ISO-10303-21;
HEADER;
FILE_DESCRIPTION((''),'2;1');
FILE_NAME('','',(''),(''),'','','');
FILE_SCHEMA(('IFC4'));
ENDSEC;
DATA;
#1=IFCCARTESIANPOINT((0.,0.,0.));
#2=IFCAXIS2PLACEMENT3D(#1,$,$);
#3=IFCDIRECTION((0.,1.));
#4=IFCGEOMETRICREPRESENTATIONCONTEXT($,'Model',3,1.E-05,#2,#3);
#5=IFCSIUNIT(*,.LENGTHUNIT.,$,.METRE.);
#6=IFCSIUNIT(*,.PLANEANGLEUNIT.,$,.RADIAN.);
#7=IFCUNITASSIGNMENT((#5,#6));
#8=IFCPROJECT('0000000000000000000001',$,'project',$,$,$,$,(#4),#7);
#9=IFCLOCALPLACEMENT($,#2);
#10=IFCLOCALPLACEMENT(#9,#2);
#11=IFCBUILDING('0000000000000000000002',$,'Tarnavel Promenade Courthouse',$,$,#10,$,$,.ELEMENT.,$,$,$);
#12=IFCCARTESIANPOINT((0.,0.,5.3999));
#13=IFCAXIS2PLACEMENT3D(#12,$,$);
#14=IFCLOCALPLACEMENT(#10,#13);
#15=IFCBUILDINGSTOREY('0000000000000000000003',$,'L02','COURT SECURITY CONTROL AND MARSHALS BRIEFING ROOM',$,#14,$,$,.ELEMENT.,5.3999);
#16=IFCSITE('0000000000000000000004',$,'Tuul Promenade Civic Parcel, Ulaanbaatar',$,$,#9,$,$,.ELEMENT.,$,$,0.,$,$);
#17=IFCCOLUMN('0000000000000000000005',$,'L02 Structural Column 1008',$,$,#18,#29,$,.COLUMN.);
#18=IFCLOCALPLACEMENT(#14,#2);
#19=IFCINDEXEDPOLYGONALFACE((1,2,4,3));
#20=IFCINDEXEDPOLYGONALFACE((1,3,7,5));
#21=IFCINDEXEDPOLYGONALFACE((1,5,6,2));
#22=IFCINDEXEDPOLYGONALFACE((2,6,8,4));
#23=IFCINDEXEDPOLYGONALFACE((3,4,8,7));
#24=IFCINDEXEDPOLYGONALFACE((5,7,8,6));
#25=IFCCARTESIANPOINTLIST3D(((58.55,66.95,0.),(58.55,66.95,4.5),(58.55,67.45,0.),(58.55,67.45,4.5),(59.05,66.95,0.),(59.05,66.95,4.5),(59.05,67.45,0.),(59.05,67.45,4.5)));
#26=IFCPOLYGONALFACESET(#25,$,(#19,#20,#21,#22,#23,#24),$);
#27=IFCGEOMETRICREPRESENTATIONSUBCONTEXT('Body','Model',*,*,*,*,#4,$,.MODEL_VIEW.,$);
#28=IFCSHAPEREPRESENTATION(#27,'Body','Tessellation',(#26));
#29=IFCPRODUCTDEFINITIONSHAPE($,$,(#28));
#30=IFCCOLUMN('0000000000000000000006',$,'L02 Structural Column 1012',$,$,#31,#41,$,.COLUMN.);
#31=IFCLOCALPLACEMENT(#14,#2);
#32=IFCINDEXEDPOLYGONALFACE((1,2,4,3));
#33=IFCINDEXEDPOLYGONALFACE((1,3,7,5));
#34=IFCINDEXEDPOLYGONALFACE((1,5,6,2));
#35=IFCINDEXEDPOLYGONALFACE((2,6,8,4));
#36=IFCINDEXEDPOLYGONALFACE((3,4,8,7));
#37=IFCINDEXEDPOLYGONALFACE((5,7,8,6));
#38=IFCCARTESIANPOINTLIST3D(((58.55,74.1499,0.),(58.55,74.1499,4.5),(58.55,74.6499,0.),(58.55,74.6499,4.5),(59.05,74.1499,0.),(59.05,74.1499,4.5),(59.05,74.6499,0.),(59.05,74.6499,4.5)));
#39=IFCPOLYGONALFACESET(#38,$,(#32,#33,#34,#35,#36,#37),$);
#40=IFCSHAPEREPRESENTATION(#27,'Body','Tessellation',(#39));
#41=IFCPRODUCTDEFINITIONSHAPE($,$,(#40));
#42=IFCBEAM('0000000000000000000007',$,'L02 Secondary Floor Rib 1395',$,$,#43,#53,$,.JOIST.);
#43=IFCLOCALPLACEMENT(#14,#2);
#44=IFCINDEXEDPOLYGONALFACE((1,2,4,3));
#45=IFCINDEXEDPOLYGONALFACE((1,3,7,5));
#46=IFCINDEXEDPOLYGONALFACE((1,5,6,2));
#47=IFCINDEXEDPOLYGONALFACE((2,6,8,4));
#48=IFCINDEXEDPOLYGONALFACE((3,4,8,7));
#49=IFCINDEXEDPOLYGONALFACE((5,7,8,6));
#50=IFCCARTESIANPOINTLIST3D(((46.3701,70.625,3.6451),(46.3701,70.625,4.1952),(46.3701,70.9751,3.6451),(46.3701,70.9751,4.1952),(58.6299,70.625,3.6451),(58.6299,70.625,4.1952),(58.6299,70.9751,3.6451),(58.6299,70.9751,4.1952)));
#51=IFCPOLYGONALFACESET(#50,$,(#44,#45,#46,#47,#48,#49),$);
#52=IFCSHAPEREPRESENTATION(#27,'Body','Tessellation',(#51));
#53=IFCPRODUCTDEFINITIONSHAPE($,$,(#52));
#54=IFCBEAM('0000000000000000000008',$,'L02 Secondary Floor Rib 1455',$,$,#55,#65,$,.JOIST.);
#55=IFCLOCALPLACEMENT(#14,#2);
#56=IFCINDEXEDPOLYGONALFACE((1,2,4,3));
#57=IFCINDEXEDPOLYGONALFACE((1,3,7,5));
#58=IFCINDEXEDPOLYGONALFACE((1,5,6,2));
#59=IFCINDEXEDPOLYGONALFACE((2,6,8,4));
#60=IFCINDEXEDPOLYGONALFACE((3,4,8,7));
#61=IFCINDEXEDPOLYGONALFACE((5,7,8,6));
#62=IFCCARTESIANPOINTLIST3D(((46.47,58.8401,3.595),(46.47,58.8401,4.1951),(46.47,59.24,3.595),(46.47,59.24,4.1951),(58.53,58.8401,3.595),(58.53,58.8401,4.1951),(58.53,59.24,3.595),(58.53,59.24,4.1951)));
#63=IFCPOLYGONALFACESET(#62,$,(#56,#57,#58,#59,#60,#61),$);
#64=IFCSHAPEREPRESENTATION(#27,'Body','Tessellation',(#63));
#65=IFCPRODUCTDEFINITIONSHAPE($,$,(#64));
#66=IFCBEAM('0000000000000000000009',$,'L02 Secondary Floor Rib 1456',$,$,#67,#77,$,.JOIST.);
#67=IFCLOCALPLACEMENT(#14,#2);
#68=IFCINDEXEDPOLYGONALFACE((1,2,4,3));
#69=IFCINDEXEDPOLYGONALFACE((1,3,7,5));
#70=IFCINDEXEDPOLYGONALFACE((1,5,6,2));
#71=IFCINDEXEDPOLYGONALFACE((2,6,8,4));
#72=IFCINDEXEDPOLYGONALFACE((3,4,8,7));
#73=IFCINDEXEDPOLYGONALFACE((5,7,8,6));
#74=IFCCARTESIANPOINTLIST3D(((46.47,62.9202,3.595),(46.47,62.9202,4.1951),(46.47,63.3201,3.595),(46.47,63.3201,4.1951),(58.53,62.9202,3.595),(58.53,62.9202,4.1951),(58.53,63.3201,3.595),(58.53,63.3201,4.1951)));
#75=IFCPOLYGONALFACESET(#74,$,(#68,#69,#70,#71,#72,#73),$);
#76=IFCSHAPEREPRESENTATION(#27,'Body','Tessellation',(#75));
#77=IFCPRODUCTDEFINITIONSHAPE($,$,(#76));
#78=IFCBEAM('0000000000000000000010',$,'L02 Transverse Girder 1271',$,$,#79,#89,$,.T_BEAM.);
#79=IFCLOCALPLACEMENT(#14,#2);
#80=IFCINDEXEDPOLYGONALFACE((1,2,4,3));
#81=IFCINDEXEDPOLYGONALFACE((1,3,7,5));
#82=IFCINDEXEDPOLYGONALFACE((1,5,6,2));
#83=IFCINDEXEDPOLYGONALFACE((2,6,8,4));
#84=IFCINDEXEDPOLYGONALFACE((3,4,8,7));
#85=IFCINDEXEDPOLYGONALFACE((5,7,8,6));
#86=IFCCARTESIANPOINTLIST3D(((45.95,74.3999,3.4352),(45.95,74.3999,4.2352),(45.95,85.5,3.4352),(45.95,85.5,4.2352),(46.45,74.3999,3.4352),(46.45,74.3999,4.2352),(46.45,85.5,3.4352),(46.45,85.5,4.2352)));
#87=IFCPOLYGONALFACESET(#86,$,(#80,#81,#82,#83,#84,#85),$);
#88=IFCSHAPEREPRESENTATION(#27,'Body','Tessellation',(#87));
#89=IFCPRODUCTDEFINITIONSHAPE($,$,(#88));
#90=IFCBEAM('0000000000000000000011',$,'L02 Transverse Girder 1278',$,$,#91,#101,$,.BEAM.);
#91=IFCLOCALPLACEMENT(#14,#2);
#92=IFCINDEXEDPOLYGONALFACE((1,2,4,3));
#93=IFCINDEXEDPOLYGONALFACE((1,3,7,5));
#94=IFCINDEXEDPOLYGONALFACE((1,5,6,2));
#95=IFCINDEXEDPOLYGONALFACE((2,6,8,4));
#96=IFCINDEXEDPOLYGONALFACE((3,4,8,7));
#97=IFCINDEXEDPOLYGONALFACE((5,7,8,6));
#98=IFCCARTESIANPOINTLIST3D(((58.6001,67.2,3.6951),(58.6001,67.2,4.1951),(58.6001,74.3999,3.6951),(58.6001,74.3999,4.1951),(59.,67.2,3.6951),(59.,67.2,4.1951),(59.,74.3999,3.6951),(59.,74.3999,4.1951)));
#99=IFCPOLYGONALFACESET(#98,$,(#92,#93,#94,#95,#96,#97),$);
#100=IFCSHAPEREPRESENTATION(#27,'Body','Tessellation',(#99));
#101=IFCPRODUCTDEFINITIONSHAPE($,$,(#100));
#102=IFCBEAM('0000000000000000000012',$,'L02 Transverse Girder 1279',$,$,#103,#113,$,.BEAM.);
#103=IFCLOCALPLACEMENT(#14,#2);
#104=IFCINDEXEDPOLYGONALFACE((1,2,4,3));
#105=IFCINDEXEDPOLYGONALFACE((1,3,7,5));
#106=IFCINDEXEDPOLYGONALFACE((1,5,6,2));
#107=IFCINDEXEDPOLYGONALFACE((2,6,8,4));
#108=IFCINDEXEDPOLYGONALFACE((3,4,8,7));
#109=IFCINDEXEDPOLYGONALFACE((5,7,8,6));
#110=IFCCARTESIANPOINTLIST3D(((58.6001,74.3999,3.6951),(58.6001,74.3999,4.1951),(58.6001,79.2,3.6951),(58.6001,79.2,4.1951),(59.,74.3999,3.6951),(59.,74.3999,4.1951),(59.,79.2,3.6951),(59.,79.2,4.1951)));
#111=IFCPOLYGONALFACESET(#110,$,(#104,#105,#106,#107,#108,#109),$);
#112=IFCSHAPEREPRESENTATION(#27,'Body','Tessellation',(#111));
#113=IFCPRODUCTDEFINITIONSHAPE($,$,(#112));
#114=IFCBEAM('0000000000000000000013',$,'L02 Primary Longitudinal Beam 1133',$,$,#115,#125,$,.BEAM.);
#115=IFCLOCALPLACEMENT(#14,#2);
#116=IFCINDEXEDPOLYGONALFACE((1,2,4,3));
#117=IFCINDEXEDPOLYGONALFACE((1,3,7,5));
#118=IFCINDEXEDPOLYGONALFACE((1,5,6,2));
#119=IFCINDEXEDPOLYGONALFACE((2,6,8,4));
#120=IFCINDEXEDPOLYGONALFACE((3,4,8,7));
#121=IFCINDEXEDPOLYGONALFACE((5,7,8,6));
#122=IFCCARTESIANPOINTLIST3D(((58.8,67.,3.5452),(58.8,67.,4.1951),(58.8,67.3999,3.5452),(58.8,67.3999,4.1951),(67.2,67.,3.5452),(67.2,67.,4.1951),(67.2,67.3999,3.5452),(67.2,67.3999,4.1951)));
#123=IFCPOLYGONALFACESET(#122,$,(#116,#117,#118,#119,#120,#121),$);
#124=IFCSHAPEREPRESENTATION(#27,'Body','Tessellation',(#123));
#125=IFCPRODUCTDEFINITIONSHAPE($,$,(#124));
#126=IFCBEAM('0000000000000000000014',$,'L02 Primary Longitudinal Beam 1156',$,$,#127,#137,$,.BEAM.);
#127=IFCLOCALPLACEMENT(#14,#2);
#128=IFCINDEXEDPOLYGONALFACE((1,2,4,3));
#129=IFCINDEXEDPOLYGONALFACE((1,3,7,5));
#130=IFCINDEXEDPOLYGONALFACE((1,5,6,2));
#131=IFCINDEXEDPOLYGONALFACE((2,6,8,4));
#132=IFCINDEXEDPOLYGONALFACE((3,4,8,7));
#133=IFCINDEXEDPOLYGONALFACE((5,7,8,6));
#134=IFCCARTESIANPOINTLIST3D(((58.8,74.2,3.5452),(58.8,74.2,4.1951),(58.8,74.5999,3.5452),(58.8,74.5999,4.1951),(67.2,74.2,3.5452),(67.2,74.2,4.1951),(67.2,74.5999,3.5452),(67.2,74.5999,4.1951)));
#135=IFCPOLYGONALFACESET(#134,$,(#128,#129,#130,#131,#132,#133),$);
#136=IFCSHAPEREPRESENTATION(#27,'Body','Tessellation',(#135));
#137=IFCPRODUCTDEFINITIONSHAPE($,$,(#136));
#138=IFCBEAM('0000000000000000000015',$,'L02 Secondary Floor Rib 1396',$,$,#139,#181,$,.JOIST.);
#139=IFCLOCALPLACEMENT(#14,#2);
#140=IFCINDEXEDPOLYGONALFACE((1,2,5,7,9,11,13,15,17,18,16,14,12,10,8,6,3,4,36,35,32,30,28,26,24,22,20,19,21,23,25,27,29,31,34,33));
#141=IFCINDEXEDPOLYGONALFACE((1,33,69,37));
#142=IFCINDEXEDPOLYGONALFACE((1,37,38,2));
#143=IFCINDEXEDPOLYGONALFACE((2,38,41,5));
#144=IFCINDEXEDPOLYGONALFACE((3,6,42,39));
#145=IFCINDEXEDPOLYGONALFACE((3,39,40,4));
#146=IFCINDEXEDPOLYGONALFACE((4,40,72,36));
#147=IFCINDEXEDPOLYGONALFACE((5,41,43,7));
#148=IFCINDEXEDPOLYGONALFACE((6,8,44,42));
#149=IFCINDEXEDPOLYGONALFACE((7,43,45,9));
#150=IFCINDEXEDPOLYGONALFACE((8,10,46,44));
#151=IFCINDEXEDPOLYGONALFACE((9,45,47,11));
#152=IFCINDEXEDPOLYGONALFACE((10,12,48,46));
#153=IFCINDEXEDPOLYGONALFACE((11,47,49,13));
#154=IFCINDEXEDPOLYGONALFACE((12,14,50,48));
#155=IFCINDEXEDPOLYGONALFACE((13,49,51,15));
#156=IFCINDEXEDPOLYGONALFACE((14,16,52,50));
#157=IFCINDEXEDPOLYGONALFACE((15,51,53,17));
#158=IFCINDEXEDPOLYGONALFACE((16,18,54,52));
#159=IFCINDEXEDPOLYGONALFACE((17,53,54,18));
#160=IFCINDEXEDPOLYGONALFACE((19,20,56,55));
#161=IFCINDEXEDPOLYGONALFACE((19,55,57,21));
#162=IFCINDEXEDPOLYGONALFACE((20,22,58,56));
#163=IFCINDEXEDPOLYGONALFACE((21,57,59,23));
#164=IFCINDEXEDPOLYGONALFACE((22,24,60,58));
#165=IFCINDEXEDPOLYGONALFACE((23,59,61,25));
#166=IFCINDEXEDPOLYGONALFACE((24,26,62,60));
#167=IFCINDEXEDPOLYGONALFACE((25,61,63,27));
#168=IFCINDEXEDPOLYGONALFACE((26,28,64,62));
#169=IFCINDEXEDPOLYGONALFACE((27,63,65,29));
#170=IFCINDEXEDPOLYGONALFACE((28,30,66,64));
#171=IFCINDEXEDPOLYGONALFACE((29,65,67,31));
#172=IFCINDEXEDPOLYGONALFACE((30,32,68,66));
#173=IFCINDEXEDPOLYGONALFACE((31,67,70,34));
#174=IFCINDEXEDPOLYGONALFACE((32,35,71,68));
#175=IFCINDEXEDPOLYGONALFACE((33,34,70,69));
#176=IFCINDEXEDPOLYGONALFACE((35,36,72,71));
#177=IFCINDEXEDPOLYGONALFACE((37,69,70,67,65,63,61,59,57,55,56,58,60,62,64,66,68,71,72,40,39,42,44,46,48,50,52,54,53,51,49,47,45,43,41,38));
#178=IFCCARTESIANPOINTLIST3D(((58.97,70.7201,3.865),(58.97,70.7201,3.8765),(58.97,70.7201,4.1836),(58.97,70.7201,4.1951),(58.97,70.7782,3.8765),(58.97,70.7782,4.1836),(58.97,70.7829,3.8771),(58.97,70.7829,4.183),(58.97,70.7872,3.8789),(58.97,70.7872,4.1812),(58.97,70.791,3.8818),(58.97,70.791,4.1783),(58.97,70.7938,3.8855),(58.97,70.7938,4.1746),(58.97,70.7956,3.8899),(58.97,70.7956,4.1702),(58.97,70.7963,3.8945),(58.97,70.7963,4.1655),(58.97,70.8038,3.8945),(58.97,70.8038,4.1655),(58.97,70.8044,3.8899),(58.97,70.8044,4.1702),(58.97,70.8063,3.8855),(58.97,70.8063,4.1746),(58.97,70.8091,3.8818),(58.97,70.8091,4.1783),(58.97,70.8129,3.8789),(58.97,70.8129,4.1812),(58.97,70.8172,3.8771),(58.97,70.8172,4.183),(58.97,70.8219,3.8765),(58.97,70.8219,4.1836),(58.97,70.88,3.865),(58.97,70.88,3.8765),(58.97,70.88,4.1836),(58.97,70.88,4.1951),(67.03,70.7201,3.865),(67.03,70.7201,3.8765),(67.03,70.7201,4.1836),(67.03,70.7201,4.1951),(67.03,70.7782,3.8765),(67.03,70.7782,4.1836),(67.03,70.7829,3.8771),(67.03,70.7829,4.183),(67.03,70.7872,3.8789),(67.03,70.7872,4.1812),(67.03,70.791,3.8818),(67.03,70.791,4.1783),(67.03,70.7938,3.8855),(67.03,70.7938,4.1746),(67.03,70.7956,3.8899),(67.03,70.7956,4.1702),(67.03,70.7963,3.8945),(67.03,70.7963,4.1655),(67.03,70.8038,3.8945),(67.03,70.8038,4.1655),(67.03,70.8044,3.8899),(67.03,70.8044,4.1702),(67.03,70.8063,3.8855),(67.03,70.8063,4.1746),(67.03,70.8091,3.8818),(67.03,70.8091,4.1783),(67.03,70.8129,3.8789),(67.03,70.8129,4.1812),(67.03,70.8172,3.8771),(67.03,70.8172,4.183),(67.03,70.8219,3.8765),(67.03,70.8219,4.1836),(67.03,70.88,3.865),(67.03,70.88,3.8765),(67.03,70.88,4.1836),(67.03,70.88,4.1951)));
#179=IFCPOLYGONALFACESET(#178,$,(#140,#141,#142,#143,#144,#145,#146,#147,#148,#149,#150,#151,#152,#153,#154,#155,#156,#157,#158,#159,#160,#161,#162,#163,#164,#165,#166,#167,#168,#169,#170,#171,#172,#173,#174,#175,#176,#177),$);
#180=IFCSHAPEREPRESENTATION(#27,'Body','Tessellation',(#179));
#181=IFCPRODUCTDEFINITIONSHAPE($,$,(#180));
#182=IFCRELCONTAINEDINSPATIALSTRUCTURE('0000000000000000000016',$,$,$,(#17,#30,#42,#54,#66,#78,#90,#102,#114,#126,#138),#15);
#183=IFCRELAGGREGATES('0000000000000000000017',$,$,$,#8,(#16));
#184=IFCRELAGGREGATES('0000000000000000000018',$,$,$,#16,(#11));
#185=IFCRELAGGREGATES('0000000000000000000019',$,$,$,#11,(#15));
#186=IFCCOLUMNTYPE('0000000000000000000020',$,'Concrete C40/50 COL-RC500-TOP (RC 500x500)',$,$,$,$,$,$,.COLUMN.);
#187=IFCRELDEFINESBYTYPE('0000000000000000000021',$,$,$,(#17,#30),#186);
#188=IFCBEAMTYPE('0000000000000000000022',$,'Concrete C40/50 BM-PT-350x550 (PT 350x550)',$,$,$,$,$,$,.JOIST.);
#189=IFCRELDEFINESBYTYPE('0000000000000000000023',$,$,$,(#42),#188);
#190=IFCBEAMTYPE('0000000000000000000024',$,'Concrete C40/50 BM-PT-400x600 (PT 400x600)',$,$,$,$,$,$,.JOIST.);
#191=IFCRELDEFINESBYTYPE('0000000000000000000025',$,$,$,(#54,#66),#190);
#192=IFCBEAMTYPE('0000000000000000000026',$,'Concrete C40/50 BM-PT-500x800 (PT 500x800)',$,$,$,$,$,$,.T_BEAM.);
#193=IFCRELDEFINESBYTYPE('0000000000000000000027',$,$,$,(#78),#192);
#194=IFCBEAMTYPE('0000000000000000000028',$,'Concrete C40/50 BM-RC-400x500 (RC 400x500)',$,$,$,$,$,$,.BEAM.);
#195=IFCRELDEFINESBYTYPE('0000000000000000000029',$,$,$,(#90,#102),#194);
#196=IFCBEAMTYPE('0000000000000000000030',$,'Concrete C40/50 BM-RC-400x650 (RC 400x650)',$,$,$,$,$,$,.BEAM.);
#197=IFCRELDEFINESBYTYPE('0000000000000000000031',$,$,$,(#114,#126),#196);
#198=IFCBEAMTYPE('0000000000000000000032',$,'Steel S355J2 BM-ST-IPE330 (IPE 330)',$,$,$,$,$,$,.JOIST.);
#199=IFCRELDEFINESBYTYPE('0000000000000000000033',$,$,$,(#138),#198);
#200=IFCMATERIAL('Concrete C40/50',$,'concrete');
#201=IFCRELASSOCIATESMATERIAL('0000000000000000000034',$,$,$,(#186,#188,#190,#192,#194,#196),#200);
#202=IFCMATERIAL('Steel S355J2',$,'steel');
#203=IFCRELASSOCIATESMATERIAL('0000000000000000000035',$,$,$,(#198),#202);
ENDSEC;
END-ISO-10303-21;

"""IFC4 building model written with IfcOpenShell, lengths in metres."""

from ifc_helpers import new_model, si_unit, direction, frame, origin, origin_2d, place, context, subcontext, project, spatial, rectangle, i_section, extrude, material, material_profile, profile_set, type_object, element, save


model = new_model("IFC4")

# Units and contexts
model_context = context("Model", 3, precision=1e-05, world=origin(), true_north=direction((0.0, 1.0)))
body_context = subcontext(model_context, "Body", "Model", "MODEL_VIEW")
ifc_project = project(units=[si_unit("LENGTHUNIT", "METRE"), si_unit("PLANEANGLEUNIT", "RADIAN")], contexts=[model_context])

# Site, building, storey
site_placement = place(None, origin())
site = spatial("IfcSite", under=ifc_project, at=site_placement, Name="Tuul Promenade Civic Parcel, Ulaanbaatar", CompositionType="ELEMENT", RefElevation=0.0)
building_placement = place(site_placement, origin())
building = spatial("IfcBuilding", under=site, at=building_placement, Name="Tarnavel Promenade Courthouse", CompositionType="ELEMENT")
storey_placement = place(building_placement, frame((0.0, 0.0, 5.3999)))
storey = spatial("IfcBuildingStorey", under=building, at=storey_placement, Name="L02", Description="COURT SECURITY CONTROL AND MARSHALS BRIEFING ROOM", CompositionType="ELEMENT", Elevation=5.3999)

# Columns
ifc_material_1 = material(Name="Concrete C40/50", Category="concrete")
ifc_material_profile_1 = material_profile(ifc_material_1, rectangle(XDim=0.5, YDim=0.5, at=origin_2d()), Name="RC 500x500")
ifc_profile_set_1 = profile_set([ifc_material_profile_1], Name="Concrete C40/50")
column_type = type_object("IfcColumnType", Name="Concrete C40/50 COL-RC500-TOP (RC 500x500)", PredefinedType="COLUMN", material=ifc_profile_set_1)
for number, where, z_axis, x_axis, name in (
    (1, (58.8, 67.2, 0.0), (0.0, 0.0, 1.0), (1.0, 0.0, 0.0), "L02 Structural Column 1008"),
    (2, (58.8, 74.3999, 0.0), (0.0, 0.0, 1.0), (1.0, 0.0, 0.0), "L02 Structural Column 1012"),
):
    element("IfcColumn", number, at=place(storey_placement, frame(where, z_axis=z_axis, x_axis=x_axis)), inside=storey, type_object=column_type, Name=name, PredefinedType="COLUMN", context=body_context, shape_type="SweptSolid", body=[
        extrude(rectangle(XDim=0.5, YDim=0.5, at=origin_2d()), origin(), (0.0, 0.0, 1.0), 4.5),
    ])

# Beams
ifc_material_profile_2 = material_profile(ifc_material_1, rectangle(XDim=0.3501, YDim=0.55, at=origin_2d()), Name="PT 350x550")
ifc_profile_set_2 = profile_set([ifc_material_profile_2], Name="Concrete C40/50")
beam_type_1 = type_object("IfcBeamType", Name="Concrete C40/50 BM-PT-350x550 (PT 350x550)", PredefinedType="JOIST", material=ifc_profile_set_2)
beam_1_placement = place(storey_placement, frame((46.3701, 70.8, 3.9202), z_axis=(1.0, 0.0, 0.0), x_axis=(0.0, 1.0, 0.0)))
element("IfcBeam", 3, at=beam_1_placement, inside=storey, type_object=beam_type_1, Name="L02 Secondary Floor Rib 1395", PredefinedType="JOIST", context=body_context, shape_type="SweptSolid", body=[
    extrude(rectangle(XDim=0.3501, YDim=0.55, at=origin_2d()), origin(), (0.0, 0.0, 1.0), 12.2598),
])
ifc_material_profile_3 = material_profile(ifc_material_1, rectangle(XDim=0.3999, YDim=0.6001, at=origin_2d()), Name="PT 400x600")
ifc_profile_set_3 = profile_set([ifc_material_profile_3], Name="Concrete C40/50")
beam_type_2 = type_object("IfcBeamType", Name="Concrete C40/50 BM-PT-400x600 (PT 400x600)", PredefinedType="JOIST", material=ifc_profile_set_3)
for number, where, z_axis, x_axis, name in (
    (4, (46.47, 59.04, 3.895), (1.0, 0.0, 0.0), (0.0, 1.0, 0.0), "L02 Secondary Floor Rib 1455"),
    (5, (46.47, 63.1201, 3.895), (1.0, 0.0, 0.0), (0.0, 1.0, 0.0), "L02 Secondary Floor Rib 1456"),
):
    element("IfcBeam", number, at=place(storey_placement, frame(where, z_axis=z_axis, x_axis=x_axis)), inside=storey, type_object=beam_type_2, Name=name, PredefinedType="JOIST", context=body_context, shape_type="SweptSolid", body=[
        extrude(rectangle(XDim=0.3999, YDim=0.6001, at=origin_2d()), origin(), (0.0, 0.0, 1.0), 12.0601),
    ])
ifc_material_profile_4 = material_profile(ifc_material_1, rectangle(XDim=0.5, YDim=0.8, at=origin_2d()), Name="PT 500x800")
ifc_profile_set_4 = profile_set([ifc_material_profile_4], Name="Concrete C40/50")
beam_type_3 = type_object("IfcBeamType", Name="Concrete C40/50 BM-PT-500x800 (PT 500x800)", PredefinedType="T_BEAM", material=ifc_profile_set_4)
beam_2_placement = place(storey_placement, frame((46.2, 74.3999, 3.8352), z_axis=(0.0, 1.0, 0.0), x_axis=(-1.0, 0.0, 0.0)))
element("IfcBeam", 6, at=beam_2_placement, inside=storey, type_object=beam_type_3, Name="L02 Transverse Girder 1271", PredefinedType="T_BEAM", context=body_context, shape_type="SweptSolid", body=[
    extrude(rectangle(XDim=0.5, YDim=0.8, at=origin_2d()), origin(), (0.0, 0.0, 1.0), 11.1001),
])
ifc_material_profile_5 = material_profile(ifc_material_1, rectangle(XDim=0.3999, YDim=0.5, at=origin_2d()), Name="RC 400x500")
ifc_profile_set_5 = profile_set([ifc_material_profile_5], Name="Concrete C40/50")
beam_type_4 = type_object("IfcBeamType", Name="Concrete C40/50 BM-RC-400x500 (RC 400x500)", PredefinedType="BEAM", material=ifc_profile_set_5)
beam_3_placement = place(storey_placement, frame((58.8, 67.2, 3.9451), z_axis=(0.0, 1.0, 0.0), x_axis=(-1.0, 0.0, 0.0)))
element("IfcBeam", 7, at=beam_3_placement, inside=storey, type_object=beam_type_4, Name="L02 Transverse Girder 1278", PredefinedType="BEAM", context=body_context, shape_type="SweptSolid", body=[
    extrude(rectangle(XDim=0.3999, YDim=0.5, at=origin_2d()), origin(), (0.0, 0.0, 1.0), 7.2),
])
beam_4_placement = place(storey_placement, frame((58.8, 74.3999, 3.9451), z_axis=(0.0, 1.0, 0.0), x_axis=(-1.0, 0.0, 0.0)))
element("IfcBeam", 8, at=beam_4_placement, inside=storey, type_object=beam_type_4, Name="L02 Transverse Girder 1279", PredefinedType="BEAM", context=body_context, shape_type="SweptSolid", body=[
    extrude(rectangle(XDim=0.3999, YDim=0.5, at=origin_2d()), origin(), (0.0, 0.0, 1.0), 4.8),
])
ifc_material_profile_6 = material_profile(ifc_material_1, rectangle(XDim=0.3999, YDim=0.6499, at=origin_2d()), Name="RC 400x650")
ifc_profile_set_6 = profile_set([ifc_material_profile_6], Name="Concrete C40/50")
beam_type_5 = type_object("IfcBeamType", Name="Concrete C40/50 BM-RC-400x650 (RC 400x650)", PredefinedType="BEAM", material=ifc_profile_set_6)
for number, where, z_axis, x_axis, name in (
    (9, (58.8, 67.2, 3.8701), (1.0, 0.0, 0.0), (0.0, 1.0, 0.0), "L02 Primary Longitudinal Beam 1133"),
    (10, (58.8, 74.3999, 3.8701), (1.0, 0.0, 0.0), (0.0, 1.0, 0.0), "L02 Primary Longitudinal Beam 1156"),
):
    element("IfcBeam", number, at=place(storey_placement, frame(where, z_axis=z_axis, x_axis=x_axis)), inside=storey, type_object=beam_type_5, Name=name, PredefinedType="BEAM", context=body_context, shape_type="SweptSolid", body=[
        extrude(rectangle(XDim=0.3999, YDim=0.6499, at=origin_2d()), origin(), (0.0, 0.0, 1.0), 8.3999),
    ])
ifc_material_2 = material(Name="Steel S355J2", Category="steel")
ifc_material_profile_7 = material_profile(ifc_material_2, i_section(OverallWidth=0.1599, OverallDepth=0.3301, WebThickness=0.0076, FlangeThickness=0.0115, FilletRadius=0.0181, at=origin_2d()), Name="IPE 330")
ifc_profile_set_7 = profile_set([ifc_material_profile_7], Name="Steel S355J2")
beam_type_6 = type_object("IfcBeamType", Name="Steel S355J2 BM-ST-IPE330 (IPE 330)", PredefinedType="JOIST", material=ifc_profile_set_7)
beam_5_placement = place(storey_placement, frame((58.97, 70.8, 4.03), z_axis=(1.0, 0.0, 0.0), x_axis=(0.0, 1.0, 0.0)))
element("IfcBeam", 11, at=beam_5_placement, inside=storey, type_object=beam_type_6, Name="L02 Secondary Floor Rib 1396", PredefinedType="JOIST", context=body_context, shape_type="SweptSolid", body=[
    extrude(i_section(OverallWidth=0.1599, OverallDepth=0.3301, WebThickness=0.0076, FlangeThickness=0.0115, FilletRadius=0.0181, at=origin_2d()), origin(), (0.0, 0.0, 1.0), 8.0601),
])

save(model, "model.ifc")
